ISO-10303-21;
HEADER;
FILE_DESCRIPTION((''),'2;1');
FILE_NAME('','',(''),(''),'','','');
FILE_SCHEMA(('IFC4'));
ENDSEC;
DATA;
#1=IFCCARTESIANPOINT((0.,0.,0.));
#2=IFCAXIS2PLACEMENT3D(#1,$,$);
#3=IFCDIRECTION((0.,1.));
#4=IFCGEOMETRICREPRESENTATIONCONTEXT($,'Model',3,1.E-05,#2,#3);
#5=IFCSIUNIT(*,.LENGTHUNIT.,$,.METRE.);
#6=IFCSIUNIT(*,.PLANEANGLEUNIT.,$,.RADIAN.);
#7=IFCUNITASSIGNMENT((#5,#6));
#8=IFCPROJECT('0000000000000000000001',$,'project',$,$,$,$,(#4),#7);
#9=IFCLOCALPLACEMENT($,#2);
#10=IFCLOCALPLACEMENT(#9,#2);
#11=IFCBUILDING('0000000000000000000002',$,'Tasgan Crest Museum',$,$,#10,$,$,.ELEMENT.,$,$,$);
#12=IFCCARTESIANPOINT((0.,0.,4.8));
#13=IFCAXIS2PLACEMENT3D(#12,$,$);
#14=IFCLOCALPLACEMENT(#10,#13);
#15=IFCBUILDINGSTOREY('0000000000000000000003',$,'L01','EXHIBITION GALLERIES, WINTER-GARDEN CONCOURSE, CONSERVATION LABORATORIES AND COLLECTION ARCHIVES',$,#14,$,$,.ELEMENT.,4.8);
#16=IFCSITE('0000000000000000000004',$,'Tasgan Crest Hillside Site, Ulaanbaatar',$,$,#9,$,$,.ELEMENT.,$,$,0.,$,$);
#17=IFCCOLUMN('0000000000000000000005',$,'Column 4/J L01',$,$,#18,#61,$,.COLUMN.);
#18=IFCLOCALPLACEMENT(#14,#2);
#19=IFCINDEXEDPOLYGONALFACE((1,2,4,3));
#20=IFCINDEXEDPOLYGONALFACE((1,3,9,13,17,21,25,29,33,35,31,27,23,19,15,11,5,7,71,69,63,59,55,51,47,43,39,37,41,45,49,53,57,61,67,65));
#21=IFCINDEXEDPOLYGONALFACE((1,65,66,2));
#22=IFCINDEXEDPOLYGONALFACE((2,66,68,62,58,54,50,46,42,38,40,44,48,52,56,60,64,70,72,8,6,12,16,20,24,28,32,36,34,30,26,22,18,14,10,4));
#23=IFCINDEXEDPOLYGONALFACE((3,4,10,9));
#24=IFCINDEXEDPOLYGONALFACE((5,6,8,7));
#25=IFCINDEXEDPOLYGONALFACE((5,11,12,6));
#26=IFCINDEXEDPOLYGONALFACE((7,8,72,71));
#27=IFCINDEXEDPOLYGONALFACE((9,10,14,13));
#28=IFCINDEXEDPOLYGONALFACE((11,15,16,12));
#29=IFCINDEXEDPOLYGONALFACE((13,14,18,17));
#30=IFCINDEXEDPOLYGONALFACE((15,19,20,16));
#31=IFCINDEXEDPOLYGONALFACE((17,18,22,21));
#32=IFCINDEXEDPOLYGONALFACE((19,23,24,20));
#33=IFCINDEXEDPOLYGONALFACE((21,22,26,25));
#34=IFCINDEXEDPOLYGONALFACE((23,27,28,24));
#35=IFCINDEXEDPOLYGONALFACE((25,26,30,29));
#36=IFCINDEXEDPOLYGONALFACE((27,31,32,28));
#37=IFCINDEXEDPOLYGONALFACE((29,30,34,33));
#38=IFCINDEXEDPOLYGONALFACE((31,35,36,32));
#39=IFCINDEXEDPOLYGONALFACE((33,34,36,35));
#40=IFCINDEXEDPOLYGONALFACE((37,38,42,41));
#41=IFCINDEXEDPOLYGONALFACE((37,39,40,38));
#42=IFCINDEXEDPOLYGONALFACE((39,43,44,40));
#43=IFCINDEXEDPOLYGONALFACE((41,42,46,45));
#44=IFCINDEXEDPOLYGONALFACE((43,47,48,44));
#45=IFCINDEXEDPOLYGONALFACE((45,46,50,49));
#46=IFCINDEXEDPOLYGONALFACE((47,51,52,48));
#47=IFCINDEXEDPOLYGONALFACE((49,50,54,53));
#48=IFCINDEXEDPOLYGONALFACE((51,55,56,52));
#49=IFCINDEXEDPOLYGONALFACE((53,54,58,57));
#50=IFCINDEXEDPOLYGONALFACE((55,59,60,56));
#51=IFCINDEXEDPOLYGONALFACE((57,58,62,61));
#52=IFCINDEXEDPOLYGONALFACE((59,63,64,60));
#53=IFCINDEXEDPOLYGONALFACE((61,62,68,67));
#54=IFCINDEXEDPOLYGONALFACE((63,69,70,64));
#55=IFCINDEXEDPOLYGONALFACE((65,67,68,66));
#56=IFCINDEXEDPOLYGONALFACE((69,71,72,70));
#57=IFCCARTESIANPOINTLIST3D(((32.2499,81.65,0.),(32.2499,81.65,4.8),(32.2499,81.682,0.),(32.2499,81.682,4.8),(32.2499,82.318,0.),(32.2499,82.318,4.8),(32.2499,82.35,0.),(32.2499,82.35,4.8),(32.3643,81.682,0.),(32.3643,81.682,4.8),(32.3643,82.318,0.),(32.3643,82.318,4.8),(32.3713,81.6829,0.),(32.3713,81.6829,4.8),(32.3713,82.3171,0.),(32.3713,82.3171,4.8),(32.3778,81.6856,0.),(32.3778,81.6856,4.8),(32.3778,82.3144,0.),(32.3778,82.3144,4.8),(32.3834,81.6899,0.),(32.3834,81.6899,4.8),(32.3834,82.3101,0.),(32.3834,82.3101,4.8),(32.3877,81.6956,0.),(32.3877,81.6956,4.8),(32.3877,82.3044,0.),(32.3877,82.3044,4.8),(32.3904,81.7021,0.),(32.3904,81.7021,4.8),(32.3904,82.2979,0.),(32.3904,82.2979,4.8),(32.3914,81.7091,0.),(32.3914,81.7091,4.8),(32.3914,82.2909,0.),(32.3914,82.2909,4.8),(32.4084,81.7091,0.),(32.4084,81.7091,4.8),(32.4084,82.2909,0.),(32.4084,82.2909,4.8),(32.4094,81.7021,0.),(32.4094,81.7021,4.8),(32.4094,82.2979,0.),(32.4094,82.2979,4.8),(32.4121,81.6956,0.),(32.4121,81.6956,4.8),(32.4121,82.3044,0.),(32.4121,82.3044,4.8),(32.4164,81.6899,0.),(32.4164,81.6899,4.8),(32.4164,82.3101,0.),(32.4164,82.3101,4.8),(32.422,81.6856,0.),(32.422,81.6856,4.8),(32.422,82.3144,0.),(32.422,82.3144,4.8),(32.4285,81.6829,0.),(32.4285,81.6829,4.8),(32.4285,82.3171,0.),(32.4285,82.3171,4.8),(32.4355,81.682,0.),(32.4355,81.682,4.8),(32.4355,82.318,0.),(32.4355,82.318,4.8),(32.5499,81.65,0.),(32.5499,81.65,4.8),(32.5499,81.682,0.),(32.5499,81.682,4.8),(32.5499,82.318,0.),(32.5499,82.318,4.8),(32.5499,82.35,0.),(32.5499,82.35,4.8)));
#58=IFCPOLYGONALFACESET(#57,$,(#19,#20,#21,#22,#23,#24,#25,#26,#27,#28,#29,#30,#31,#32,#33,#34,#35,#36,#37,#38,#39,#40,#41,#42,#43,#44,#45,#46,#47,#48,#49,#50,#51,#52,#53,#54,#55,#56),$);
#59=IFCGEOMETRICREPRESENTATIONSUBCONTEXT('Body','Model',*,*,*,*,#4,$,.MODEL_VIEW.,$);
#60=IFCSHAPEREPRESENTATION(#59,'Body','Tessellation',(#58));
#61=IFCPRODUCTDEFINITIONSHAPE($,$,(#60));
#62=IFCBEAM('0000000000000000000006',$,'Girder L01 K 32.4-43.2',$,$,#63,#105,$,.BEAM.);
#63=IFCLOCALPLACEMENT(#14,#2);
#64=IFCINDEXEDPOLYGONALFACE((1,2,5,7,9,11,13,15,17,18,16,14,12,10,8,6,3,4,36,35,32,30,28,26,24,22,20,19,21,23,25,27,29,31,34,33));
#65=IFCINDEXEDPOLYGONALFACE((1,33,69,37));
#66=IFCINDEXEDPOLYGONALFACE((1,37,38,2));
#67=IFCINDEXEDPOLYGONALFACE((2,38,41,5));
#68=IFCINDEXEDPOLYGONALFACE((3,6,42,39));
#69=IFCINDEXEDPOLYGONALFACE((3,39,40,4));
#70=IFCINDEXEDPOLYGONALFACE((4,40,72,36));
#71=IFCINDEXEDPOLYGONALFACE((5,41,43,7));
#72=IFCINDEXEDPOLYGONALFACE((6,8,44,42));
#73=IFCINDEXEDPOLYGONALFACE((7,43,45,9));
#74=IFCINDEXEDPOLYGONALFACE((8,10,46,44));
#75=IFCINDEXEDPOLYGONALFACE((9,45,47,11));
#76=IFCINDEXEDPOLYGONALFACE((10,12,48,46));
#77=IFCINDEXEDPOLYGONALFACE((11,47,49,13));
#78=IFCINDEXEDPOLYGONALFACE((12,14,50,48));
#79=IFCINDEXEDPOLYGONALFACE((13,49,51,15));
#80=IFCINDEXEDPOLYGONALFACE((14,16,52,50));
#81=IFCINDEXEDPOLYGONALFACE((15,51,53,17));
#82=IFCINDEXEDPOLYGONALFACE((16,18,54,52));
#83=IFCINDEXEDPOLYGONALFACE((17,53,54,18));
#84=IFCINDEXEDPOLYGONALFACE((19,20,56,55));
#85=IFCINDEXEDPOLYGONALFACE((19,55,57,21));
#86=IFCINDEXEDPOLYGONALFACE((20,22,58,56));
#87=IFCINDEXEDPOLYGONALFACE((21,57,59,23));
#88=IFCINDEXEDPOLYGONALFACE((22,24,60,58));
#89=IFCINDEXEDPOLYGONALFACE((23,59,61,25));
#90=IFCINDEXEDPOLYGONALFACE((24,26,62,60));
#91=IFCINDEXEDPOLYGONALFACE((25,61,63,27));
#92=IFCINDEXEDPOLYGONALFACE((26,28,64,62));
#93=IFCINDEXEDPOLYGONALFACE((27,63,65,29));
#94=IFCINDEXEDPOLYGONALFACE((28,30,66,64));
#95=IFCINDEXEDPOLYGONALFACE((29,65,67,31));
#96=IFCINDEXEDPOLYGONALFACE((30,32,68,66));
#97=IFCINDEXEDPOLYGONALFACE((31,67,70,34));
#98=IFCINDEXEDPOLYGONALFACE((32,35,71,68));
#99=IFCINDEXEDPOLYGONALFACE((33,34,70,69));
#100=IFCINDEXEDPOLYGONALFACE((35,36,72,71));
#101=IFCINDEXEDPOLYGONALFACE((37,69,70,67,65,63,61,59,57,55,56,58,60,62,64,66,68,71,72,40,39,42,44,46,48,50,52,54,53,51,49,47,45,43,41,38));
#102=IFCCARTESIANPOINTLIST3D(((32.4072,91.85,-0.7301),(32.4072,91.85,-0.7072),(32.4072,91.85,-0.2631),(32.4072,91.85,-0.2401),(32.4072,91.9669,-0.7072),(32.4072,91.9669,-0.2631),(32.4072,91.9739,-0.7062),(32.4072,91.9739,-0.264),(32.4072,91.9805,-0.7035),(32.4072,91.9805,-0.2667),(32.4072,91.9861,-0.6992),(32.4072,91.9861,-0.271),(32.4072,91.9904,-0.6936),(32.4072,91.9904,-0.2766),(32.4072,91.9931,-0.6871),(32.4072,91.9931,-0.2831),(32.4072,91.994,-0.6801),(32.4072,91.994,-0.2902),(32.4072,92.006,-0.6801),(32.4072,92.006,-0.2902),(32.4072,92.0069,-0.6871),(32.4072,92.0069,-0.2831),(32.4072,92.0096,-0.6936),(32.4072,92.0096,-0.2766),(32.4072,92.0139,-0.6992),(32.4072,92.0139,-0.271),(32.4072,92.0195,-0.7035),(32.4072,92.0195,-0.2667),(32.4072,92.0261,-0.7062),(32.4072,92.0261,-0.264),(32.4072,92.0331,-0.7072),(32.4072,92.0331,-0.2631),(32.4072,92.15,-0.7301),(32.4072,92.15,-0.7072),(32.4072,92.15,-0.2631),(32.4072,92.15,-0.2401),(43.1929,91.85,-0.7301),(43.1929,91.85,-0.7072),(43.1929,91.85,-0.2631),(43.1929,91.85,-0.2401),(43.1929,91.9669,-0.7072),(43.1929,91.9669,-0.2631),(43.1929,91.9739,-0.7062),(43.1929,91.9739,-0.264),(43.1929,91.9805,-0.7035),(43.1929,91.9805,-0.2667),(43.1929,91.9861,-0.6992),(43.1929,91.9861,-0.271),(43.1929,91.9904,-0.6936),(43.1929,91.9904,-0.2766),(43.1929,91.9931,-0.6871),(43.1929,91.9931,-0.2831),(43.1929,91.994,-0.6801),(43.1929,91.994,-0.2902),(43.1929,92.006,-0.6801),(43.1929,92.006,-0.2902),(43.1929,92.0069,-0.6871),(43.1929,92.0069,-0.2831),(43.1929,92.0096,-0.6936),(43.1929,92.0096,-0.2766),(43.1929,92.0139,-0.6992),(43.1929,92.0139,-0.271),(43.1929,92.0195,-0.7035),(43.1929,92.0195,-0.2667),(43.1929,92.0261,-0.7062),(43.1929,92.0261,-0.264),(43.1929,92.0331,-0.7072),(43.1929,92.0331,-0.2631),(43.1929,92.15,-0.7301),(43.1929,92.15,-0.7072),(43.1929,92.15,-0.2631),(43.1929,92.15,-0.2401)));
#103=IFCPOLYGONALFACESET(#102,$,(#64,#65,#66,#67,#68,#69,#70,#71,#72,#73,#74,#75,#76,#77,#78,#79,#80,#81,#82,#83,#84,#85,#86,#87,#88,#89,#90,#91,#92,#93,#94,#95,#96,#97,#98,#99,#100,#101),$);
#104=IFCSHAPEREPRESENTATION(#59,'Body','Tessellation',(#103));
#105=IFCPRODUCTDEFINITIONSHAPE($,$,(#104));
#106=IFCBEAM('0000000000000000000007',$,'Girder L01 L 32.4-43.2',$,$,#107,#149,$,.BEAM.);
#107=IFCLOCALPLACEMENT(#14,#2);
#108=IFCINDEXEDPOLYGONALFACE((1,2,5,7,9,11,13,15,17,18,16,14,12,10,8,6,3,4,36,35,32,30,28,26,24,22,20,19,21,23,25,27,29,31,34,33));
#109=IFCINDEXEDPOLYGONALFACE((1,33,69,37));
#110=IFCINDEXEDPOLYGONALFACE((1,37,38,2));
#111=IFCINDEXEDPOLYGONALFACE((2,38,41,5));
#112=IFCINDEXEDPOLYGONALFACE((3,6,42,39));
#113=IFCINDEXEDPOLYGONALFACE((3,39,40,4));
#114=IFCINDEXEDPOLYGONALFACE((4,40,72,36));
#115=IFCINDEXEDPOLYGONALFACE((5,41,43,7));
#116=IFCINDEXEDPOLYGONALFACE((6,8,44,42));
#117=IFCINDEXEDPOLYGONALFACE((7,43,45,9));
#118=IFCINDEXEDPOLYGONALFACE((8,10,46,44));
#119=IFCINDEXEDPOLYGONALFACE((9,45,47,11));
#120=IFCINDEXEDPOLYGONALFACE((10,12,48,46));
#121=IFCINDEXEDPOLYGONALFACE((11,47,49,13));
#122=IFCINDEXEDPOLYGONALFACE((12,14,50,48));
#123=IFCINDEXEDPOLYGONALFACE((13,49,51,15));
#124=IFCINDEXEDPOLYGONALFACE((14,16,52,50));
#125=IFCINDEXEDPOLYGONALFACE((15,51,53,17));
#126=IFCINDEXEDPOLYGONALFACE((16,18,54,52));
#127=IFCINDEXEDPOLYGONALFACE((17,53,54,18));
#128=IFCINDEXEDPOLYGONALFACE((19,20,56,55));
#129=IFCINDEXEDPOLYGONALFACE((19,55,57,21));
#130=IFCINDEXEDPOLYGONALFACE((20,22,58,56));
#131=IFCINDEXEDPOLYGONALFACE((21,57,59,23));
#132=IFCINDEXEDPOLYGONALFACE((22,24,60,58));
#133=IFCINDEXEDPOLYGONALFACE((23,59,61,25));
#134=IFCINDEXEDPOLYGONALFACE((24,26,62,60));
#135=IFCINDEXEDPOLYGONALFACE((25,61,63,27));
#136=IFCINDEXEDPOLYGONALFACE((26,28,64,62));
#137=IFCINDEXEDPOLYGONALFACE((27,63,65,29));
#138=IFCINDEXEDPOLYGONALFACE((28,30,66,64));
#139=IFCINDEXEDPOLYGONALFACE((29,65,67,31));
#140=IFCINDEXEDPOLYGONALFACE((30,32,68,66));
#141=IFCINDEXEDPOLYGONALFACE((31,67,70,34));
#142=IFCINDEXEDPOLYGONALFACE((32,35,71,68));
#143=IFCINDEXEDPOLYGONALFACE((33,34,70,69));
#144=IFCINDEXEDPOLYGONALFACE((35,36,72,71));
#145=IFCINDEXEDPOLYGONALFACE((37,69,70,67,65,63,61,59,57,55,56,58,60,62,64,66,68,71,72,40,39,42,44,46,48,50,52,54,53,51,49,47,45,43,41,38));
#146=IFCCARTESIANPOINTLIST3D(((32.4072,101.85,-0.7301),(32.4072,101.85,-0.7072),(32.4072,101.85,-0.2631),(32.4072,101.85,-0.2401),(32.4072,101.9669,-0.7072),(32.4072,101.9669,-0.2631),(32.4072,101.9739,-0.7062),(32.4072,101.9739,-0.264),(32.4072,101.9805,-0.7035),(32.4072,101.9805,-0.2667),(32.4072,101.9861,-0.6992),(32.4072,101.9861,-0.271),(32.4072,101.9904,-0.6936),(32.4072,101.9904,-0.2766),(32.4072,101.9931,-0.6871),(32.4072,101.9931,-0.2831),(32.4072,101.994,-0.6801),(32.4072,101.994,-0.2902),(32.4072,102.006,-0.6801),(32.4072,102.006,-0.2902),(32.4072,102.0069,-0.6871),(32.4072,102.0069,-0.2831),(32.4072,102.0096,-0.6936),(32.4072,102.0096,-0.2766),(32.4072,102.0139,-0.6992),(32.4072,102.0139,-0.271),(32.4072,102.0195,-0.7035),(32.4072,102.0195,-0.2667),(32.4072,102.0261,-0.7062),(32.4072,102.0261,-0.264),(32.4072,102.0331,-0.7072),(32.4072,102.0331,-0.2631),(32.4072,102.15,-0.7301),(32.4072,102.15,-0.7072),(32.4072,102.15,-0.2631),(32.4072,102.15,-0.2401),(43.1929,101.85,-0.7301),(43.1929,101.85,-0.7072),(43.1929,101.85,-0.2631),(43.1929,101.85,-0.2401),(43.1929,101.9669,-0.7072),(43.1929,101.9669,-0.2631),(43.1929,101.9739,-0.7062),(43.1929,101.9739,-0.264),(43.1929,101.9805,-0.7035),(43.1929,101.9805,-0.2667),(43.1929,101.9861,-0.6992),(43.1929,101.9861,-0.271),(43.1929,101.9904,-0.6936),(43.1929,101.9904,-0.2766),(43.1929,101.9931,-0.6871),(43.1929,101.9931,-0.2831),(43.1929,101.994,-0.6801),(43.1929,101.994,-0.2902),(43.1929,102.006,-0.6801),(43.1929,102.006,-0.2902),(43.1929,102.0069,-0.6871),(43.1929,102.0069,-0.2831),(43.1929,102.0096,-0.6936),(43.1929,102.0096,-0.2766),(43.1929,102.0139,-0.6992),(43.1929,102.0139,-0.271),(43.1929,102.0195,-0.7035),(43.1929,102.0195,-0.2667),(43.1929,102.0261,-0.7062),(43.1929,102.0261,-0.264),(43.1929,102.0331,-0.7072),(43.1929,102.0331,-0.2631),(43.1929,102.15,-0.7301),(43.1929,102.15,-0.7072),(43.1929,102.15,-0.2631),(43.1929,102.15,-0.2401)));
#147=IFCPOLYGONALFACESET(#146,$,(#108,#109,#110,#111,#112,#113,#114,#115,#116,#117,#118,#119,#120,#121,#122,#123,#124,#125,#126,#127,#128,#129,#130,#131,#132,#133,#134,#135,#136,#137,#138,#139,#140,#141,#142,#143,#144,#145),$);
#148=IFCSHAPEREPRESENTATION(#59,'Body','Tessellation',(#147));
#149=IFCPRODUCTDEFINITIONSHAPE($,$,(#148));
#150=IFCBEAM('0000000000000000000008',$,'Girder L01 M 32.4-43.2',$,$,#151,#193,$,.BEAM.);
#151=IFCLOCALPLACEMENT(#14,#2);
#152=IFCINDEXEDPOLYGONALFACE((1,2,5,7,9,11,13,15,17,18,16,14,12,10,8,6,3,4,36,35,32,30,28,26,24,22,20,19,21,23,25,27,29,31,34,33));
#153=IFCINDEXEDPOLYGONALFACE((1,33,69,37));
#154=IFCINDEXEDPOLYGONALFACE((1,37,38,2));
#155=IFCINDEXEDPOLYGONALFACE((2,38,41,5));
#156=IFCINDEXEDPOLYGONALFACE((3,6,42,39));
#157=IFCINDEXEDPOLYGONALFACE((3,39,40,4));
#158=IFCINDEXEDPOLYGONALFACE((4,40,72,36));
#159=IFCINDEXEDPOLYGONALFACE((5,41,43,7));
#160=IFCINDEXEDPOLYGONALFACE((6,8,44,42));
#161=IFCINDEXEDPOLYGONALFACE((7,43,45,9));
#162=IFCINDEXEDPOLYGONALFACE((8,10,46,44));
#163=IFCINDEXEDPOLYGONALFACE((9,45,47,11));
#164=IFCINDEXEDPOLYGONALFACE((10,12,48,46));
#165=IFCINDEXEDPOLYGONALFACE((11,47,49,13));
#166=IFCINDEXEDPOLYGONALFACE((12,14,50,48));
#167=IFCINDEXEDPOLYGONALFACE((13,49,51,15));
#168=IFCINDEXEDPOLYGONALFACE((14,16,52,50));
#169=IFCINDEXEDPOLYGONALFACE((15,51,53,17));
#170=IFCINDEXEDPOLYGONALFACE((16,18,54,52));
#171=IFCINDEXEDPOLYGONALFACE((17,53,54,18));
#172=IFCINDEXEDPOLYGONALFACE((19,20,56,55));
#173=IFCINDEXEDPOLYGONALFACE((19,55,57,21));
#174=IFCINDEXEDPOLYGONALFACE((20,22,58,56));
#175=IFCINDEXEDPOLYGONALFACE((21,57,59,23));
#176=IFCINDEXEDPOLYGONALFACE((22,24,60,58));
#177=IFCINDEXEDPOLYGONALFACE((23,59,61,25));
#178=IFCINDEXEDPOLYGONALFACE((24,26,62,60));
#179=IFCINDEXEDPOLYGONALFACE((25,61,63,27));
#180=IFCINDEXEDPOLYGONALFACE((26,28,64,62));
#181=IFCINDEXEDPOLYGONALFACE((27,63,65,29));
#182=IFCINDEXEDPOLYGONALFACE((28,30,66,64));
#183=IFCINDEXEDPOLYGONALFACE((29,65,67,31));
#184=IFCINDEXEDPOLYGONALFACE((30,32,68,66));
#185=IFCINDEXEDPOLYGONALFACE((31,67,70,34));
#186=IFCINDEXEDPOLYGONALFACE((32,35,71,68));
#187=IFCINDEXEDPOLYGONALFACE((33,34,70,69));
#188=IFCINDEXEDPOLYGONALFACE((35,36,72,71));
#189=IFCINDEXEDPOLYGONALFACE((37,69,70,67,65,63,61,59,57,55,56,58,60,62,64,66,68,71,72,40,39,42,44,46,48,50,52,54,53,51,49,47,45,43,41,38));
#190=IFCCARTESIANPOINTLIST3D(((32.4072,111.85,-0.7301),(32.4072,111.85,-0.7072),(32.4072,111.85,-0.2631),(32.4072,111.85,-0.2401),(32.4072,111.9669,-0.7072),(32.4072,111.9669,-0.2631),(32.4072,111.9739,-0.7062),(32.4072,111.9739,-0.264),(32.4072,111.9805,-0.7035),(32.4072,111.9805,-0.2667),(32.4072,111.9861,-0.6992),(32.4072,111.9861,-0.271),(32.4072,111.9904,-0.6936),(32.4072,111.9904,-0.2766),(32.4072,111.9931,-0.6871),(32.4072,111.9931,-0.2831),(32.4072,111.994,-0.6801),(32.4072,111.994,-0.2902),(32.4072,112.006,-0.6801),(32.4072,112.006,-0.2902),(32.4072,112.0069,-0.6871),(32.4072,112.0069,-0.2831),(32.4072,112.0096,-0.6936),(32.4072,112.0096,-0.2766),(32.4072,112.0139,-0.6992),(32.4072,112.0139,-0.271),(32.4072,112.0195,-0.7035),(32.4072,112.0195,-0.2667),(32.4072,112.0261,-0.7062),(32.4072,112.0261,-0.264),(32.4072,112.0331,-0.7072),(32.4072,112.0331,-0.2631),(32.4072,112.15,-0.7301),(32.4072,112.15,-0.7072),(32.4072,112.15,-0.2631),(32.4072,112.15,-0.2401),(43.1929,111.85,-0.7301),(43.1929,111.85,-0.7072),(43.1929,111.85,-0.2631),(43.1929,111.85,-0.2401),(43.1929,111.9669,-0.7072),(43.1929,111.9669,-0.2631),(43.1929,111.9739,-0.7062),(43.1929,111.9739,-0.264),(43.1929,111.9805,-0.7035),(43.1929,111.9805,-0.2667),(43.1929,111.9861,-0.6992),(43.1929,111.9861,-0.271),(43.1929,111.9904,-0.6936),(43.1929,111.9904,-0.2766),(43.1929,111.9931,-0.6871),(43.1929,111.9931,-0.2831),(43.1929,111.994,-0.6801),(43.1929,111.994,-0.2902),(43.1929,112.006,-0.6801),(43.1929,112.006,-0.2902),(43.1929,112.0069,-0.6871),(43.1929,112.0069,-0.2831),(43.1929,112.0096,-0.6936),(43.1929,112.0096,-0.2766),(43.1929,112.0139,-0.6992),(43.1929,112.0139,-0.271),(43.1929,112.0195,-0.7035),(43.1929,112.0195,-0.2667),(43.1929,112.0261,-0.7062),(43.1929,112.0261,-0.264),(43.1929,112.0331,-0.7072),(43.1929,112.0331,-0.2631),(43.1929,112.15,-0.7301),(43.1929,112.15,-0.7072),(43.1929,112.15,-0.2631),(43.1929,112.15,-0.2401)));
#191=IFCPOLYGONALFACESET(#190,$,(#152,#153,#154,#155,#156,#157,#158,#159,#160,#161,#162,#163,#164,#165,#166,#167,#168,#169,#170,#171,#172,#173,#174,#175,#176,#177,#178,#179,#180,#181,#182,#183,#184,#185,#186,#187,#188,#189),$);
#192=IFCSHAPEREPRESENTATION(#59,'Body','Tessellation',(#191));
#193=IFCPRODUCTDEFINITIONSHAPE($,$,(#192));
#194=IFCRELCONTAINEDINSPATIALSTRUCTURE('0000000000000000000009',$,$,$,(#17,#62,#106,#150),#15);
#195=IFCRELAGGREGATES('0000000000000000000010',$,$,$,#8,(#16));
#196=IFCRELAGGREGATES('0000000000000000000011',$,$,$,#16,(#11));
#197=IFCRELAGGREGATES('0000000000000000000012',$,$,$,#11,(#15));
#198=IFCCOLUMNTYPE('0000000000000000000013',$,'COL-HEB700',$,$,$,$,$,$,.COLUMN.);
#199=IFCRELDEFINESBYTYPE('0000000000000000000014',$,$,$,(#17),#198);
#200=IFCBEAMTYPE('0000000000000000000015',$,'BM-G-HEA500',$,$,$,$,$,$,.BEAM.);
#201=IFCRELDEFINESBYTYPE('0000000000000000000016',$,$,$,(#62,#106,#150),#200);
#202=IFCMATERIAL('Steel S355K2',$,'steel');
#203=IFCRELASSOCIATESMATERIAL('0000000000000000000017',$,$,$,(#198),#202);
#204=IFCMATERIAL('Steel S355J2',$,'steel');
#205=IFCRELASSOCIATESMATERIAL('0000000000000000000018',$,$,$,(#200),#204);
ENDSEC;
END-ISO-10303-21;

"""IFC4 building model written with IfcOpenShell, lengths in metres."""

from ifc_helpers import new_model, si_unit, direction, frame, origin, origin_2d, place, context, subcontext, project, spatial, i_section, extrude, material, material_profile, profile_set, type_object, element, save


model = new_model("IFC4")

# Units and contexts
model_context = context("Model", 3, precision=1e-05, world=origin(), true_north=direction((0.0, 1.0)))
body_context = subcontext(model_context, "Body", "Model", "MODEL_VIEW")
ifc_project = project(units=[si_unit("LENGTHUNIT", "METRE"), si_unit("PLANEANGLEUNIT", "RADIAN")], contexts=[model_context])

# Site, building, storey
site_placement = place(None, origin())
site = spatial("IfcSite", under=ifc_project, at=site_placement, Name="Tasgan Crest Hillside Site, Ulaanbaatar", CompositionType="ELEMENT", RefElevation=0.0)
building_placement = place(site_placement, origin())
building = spatial("IfcBuilding", under=site, at=building_placement, Name="Tasgan Crest Museum", CompositionType="ELEMENT")
storey_placement = place(building_placement, frame((0.0, 0.0, 4.8)))
storey = spatial("IfcBuildingStorey", under=building, at=storey_placement, Name="L01", Description="EXHIBITION GALLERIES, WINTER-GARDEN CONCOURSE, CONSERVATION LABORATORIES AND COLLECTION ARCHIVES", CompositionType="ELEMENT", Elevation=4.8)

# Column
ifc_material_1 = material(Name="Steel S355K2", Category="steel")
ifc_material_profile_1 = material_profile(ifc_material_1, i_section(OverallWidth=0.3, OverallDepth=0.7, WebThickness=0.0171, FlangeThickness=0.032, FilletRadius=0.0271, at=origin_2d()), Name="HEB 700")
ifc_profile_set_1 = profile_set([ifc_material_profile_1], Name="Steel S355K2")
column_type_1 = type_object("IfcColumnType", Name="COL-HEB700", PredefinedType="COLUMN", material=ifc_profile_set_1)
column_1_placement = place(storey_placement, frame((32.3999, 82.0, 0.0), z_axis=(0.0, 0.0, 1.0), x_axis=(1.0, 0.0, 0.0)))
element("IfcColumn", 1, at=column_1_placement, inside=storey, type_object=column_type_1, Name="Column 4/J L01", PredefinedType="COLUMN", context=body_context, shape_type="SweptSolid", body=[
    extrude(i_section(OverallWidth=0.3, OverallDepth=0.7, WebThickness=0.0171, FlangeThickness=0.032, FilletRadius=0.0271, at=origin_2d()), origin(), (0.0, 0.0, 1.0), 4.8),
])

# Beams
ifc_material_2 = material(Name="Steel S355J2", Category="steel")
ifc_material_profile_2 = material_profile(ifc_material_2, i_section(OverallWidth=0.3, OverallDepth=0.49, WebThickness=0.012, FlangeThickness=0.0229, FilletRadius=0.0271, at=origin_2d()), Name="HEA 500")
ifc_profile_set_2 = profile_set([ifc_material_profile_2], Name="Steel S355J2")
beam_type_1 = type_object("IfcBeamType", Name="BM-G-HEA500", PredefinedType="BEAM", material=ifc_profile_set_2)
for number, where, z_axis, x_axis, name in (
    (2, (32.4072, 92.0, -0.4851), (1.0, 0.0, 0.0), (0.0, 1.0, 0.0), "Girder L01 K 32.4-43.2"),
    (3, (32.4072, 102.0, -0.4851), (1.0, 0.0, 0.0), (0.0, 1.0, 0.0), "Girder L01 L 32.4-43.2"),
    (4, (32.4072, 112.0, -0.4851), (1.0, 0.0, 0.0), (0.0, 1.0, 0.0), "Girder L01 M 32.4-43.2"),
):
    element("IfcBeam", number, at=place(storey_placement, frame(where, z_axis=z_axis, x_axis=x_axis)), inside=storey, type_object=beam_type_1, Name=name, PredefinedType="BEAM", context=body_context, shape_type="SweptSolid", body=[
        extrude(i_section(OverallWidth=0.3, OverallDepth=0.49, WebThickness=0.012, FlangeThickness=0.0229, FilletRadius=0.0271, at=origin_2d()), origin(), (0.0, 0.0, 1.0), 10.7856),
    ])

save(model, "model.ifc")
